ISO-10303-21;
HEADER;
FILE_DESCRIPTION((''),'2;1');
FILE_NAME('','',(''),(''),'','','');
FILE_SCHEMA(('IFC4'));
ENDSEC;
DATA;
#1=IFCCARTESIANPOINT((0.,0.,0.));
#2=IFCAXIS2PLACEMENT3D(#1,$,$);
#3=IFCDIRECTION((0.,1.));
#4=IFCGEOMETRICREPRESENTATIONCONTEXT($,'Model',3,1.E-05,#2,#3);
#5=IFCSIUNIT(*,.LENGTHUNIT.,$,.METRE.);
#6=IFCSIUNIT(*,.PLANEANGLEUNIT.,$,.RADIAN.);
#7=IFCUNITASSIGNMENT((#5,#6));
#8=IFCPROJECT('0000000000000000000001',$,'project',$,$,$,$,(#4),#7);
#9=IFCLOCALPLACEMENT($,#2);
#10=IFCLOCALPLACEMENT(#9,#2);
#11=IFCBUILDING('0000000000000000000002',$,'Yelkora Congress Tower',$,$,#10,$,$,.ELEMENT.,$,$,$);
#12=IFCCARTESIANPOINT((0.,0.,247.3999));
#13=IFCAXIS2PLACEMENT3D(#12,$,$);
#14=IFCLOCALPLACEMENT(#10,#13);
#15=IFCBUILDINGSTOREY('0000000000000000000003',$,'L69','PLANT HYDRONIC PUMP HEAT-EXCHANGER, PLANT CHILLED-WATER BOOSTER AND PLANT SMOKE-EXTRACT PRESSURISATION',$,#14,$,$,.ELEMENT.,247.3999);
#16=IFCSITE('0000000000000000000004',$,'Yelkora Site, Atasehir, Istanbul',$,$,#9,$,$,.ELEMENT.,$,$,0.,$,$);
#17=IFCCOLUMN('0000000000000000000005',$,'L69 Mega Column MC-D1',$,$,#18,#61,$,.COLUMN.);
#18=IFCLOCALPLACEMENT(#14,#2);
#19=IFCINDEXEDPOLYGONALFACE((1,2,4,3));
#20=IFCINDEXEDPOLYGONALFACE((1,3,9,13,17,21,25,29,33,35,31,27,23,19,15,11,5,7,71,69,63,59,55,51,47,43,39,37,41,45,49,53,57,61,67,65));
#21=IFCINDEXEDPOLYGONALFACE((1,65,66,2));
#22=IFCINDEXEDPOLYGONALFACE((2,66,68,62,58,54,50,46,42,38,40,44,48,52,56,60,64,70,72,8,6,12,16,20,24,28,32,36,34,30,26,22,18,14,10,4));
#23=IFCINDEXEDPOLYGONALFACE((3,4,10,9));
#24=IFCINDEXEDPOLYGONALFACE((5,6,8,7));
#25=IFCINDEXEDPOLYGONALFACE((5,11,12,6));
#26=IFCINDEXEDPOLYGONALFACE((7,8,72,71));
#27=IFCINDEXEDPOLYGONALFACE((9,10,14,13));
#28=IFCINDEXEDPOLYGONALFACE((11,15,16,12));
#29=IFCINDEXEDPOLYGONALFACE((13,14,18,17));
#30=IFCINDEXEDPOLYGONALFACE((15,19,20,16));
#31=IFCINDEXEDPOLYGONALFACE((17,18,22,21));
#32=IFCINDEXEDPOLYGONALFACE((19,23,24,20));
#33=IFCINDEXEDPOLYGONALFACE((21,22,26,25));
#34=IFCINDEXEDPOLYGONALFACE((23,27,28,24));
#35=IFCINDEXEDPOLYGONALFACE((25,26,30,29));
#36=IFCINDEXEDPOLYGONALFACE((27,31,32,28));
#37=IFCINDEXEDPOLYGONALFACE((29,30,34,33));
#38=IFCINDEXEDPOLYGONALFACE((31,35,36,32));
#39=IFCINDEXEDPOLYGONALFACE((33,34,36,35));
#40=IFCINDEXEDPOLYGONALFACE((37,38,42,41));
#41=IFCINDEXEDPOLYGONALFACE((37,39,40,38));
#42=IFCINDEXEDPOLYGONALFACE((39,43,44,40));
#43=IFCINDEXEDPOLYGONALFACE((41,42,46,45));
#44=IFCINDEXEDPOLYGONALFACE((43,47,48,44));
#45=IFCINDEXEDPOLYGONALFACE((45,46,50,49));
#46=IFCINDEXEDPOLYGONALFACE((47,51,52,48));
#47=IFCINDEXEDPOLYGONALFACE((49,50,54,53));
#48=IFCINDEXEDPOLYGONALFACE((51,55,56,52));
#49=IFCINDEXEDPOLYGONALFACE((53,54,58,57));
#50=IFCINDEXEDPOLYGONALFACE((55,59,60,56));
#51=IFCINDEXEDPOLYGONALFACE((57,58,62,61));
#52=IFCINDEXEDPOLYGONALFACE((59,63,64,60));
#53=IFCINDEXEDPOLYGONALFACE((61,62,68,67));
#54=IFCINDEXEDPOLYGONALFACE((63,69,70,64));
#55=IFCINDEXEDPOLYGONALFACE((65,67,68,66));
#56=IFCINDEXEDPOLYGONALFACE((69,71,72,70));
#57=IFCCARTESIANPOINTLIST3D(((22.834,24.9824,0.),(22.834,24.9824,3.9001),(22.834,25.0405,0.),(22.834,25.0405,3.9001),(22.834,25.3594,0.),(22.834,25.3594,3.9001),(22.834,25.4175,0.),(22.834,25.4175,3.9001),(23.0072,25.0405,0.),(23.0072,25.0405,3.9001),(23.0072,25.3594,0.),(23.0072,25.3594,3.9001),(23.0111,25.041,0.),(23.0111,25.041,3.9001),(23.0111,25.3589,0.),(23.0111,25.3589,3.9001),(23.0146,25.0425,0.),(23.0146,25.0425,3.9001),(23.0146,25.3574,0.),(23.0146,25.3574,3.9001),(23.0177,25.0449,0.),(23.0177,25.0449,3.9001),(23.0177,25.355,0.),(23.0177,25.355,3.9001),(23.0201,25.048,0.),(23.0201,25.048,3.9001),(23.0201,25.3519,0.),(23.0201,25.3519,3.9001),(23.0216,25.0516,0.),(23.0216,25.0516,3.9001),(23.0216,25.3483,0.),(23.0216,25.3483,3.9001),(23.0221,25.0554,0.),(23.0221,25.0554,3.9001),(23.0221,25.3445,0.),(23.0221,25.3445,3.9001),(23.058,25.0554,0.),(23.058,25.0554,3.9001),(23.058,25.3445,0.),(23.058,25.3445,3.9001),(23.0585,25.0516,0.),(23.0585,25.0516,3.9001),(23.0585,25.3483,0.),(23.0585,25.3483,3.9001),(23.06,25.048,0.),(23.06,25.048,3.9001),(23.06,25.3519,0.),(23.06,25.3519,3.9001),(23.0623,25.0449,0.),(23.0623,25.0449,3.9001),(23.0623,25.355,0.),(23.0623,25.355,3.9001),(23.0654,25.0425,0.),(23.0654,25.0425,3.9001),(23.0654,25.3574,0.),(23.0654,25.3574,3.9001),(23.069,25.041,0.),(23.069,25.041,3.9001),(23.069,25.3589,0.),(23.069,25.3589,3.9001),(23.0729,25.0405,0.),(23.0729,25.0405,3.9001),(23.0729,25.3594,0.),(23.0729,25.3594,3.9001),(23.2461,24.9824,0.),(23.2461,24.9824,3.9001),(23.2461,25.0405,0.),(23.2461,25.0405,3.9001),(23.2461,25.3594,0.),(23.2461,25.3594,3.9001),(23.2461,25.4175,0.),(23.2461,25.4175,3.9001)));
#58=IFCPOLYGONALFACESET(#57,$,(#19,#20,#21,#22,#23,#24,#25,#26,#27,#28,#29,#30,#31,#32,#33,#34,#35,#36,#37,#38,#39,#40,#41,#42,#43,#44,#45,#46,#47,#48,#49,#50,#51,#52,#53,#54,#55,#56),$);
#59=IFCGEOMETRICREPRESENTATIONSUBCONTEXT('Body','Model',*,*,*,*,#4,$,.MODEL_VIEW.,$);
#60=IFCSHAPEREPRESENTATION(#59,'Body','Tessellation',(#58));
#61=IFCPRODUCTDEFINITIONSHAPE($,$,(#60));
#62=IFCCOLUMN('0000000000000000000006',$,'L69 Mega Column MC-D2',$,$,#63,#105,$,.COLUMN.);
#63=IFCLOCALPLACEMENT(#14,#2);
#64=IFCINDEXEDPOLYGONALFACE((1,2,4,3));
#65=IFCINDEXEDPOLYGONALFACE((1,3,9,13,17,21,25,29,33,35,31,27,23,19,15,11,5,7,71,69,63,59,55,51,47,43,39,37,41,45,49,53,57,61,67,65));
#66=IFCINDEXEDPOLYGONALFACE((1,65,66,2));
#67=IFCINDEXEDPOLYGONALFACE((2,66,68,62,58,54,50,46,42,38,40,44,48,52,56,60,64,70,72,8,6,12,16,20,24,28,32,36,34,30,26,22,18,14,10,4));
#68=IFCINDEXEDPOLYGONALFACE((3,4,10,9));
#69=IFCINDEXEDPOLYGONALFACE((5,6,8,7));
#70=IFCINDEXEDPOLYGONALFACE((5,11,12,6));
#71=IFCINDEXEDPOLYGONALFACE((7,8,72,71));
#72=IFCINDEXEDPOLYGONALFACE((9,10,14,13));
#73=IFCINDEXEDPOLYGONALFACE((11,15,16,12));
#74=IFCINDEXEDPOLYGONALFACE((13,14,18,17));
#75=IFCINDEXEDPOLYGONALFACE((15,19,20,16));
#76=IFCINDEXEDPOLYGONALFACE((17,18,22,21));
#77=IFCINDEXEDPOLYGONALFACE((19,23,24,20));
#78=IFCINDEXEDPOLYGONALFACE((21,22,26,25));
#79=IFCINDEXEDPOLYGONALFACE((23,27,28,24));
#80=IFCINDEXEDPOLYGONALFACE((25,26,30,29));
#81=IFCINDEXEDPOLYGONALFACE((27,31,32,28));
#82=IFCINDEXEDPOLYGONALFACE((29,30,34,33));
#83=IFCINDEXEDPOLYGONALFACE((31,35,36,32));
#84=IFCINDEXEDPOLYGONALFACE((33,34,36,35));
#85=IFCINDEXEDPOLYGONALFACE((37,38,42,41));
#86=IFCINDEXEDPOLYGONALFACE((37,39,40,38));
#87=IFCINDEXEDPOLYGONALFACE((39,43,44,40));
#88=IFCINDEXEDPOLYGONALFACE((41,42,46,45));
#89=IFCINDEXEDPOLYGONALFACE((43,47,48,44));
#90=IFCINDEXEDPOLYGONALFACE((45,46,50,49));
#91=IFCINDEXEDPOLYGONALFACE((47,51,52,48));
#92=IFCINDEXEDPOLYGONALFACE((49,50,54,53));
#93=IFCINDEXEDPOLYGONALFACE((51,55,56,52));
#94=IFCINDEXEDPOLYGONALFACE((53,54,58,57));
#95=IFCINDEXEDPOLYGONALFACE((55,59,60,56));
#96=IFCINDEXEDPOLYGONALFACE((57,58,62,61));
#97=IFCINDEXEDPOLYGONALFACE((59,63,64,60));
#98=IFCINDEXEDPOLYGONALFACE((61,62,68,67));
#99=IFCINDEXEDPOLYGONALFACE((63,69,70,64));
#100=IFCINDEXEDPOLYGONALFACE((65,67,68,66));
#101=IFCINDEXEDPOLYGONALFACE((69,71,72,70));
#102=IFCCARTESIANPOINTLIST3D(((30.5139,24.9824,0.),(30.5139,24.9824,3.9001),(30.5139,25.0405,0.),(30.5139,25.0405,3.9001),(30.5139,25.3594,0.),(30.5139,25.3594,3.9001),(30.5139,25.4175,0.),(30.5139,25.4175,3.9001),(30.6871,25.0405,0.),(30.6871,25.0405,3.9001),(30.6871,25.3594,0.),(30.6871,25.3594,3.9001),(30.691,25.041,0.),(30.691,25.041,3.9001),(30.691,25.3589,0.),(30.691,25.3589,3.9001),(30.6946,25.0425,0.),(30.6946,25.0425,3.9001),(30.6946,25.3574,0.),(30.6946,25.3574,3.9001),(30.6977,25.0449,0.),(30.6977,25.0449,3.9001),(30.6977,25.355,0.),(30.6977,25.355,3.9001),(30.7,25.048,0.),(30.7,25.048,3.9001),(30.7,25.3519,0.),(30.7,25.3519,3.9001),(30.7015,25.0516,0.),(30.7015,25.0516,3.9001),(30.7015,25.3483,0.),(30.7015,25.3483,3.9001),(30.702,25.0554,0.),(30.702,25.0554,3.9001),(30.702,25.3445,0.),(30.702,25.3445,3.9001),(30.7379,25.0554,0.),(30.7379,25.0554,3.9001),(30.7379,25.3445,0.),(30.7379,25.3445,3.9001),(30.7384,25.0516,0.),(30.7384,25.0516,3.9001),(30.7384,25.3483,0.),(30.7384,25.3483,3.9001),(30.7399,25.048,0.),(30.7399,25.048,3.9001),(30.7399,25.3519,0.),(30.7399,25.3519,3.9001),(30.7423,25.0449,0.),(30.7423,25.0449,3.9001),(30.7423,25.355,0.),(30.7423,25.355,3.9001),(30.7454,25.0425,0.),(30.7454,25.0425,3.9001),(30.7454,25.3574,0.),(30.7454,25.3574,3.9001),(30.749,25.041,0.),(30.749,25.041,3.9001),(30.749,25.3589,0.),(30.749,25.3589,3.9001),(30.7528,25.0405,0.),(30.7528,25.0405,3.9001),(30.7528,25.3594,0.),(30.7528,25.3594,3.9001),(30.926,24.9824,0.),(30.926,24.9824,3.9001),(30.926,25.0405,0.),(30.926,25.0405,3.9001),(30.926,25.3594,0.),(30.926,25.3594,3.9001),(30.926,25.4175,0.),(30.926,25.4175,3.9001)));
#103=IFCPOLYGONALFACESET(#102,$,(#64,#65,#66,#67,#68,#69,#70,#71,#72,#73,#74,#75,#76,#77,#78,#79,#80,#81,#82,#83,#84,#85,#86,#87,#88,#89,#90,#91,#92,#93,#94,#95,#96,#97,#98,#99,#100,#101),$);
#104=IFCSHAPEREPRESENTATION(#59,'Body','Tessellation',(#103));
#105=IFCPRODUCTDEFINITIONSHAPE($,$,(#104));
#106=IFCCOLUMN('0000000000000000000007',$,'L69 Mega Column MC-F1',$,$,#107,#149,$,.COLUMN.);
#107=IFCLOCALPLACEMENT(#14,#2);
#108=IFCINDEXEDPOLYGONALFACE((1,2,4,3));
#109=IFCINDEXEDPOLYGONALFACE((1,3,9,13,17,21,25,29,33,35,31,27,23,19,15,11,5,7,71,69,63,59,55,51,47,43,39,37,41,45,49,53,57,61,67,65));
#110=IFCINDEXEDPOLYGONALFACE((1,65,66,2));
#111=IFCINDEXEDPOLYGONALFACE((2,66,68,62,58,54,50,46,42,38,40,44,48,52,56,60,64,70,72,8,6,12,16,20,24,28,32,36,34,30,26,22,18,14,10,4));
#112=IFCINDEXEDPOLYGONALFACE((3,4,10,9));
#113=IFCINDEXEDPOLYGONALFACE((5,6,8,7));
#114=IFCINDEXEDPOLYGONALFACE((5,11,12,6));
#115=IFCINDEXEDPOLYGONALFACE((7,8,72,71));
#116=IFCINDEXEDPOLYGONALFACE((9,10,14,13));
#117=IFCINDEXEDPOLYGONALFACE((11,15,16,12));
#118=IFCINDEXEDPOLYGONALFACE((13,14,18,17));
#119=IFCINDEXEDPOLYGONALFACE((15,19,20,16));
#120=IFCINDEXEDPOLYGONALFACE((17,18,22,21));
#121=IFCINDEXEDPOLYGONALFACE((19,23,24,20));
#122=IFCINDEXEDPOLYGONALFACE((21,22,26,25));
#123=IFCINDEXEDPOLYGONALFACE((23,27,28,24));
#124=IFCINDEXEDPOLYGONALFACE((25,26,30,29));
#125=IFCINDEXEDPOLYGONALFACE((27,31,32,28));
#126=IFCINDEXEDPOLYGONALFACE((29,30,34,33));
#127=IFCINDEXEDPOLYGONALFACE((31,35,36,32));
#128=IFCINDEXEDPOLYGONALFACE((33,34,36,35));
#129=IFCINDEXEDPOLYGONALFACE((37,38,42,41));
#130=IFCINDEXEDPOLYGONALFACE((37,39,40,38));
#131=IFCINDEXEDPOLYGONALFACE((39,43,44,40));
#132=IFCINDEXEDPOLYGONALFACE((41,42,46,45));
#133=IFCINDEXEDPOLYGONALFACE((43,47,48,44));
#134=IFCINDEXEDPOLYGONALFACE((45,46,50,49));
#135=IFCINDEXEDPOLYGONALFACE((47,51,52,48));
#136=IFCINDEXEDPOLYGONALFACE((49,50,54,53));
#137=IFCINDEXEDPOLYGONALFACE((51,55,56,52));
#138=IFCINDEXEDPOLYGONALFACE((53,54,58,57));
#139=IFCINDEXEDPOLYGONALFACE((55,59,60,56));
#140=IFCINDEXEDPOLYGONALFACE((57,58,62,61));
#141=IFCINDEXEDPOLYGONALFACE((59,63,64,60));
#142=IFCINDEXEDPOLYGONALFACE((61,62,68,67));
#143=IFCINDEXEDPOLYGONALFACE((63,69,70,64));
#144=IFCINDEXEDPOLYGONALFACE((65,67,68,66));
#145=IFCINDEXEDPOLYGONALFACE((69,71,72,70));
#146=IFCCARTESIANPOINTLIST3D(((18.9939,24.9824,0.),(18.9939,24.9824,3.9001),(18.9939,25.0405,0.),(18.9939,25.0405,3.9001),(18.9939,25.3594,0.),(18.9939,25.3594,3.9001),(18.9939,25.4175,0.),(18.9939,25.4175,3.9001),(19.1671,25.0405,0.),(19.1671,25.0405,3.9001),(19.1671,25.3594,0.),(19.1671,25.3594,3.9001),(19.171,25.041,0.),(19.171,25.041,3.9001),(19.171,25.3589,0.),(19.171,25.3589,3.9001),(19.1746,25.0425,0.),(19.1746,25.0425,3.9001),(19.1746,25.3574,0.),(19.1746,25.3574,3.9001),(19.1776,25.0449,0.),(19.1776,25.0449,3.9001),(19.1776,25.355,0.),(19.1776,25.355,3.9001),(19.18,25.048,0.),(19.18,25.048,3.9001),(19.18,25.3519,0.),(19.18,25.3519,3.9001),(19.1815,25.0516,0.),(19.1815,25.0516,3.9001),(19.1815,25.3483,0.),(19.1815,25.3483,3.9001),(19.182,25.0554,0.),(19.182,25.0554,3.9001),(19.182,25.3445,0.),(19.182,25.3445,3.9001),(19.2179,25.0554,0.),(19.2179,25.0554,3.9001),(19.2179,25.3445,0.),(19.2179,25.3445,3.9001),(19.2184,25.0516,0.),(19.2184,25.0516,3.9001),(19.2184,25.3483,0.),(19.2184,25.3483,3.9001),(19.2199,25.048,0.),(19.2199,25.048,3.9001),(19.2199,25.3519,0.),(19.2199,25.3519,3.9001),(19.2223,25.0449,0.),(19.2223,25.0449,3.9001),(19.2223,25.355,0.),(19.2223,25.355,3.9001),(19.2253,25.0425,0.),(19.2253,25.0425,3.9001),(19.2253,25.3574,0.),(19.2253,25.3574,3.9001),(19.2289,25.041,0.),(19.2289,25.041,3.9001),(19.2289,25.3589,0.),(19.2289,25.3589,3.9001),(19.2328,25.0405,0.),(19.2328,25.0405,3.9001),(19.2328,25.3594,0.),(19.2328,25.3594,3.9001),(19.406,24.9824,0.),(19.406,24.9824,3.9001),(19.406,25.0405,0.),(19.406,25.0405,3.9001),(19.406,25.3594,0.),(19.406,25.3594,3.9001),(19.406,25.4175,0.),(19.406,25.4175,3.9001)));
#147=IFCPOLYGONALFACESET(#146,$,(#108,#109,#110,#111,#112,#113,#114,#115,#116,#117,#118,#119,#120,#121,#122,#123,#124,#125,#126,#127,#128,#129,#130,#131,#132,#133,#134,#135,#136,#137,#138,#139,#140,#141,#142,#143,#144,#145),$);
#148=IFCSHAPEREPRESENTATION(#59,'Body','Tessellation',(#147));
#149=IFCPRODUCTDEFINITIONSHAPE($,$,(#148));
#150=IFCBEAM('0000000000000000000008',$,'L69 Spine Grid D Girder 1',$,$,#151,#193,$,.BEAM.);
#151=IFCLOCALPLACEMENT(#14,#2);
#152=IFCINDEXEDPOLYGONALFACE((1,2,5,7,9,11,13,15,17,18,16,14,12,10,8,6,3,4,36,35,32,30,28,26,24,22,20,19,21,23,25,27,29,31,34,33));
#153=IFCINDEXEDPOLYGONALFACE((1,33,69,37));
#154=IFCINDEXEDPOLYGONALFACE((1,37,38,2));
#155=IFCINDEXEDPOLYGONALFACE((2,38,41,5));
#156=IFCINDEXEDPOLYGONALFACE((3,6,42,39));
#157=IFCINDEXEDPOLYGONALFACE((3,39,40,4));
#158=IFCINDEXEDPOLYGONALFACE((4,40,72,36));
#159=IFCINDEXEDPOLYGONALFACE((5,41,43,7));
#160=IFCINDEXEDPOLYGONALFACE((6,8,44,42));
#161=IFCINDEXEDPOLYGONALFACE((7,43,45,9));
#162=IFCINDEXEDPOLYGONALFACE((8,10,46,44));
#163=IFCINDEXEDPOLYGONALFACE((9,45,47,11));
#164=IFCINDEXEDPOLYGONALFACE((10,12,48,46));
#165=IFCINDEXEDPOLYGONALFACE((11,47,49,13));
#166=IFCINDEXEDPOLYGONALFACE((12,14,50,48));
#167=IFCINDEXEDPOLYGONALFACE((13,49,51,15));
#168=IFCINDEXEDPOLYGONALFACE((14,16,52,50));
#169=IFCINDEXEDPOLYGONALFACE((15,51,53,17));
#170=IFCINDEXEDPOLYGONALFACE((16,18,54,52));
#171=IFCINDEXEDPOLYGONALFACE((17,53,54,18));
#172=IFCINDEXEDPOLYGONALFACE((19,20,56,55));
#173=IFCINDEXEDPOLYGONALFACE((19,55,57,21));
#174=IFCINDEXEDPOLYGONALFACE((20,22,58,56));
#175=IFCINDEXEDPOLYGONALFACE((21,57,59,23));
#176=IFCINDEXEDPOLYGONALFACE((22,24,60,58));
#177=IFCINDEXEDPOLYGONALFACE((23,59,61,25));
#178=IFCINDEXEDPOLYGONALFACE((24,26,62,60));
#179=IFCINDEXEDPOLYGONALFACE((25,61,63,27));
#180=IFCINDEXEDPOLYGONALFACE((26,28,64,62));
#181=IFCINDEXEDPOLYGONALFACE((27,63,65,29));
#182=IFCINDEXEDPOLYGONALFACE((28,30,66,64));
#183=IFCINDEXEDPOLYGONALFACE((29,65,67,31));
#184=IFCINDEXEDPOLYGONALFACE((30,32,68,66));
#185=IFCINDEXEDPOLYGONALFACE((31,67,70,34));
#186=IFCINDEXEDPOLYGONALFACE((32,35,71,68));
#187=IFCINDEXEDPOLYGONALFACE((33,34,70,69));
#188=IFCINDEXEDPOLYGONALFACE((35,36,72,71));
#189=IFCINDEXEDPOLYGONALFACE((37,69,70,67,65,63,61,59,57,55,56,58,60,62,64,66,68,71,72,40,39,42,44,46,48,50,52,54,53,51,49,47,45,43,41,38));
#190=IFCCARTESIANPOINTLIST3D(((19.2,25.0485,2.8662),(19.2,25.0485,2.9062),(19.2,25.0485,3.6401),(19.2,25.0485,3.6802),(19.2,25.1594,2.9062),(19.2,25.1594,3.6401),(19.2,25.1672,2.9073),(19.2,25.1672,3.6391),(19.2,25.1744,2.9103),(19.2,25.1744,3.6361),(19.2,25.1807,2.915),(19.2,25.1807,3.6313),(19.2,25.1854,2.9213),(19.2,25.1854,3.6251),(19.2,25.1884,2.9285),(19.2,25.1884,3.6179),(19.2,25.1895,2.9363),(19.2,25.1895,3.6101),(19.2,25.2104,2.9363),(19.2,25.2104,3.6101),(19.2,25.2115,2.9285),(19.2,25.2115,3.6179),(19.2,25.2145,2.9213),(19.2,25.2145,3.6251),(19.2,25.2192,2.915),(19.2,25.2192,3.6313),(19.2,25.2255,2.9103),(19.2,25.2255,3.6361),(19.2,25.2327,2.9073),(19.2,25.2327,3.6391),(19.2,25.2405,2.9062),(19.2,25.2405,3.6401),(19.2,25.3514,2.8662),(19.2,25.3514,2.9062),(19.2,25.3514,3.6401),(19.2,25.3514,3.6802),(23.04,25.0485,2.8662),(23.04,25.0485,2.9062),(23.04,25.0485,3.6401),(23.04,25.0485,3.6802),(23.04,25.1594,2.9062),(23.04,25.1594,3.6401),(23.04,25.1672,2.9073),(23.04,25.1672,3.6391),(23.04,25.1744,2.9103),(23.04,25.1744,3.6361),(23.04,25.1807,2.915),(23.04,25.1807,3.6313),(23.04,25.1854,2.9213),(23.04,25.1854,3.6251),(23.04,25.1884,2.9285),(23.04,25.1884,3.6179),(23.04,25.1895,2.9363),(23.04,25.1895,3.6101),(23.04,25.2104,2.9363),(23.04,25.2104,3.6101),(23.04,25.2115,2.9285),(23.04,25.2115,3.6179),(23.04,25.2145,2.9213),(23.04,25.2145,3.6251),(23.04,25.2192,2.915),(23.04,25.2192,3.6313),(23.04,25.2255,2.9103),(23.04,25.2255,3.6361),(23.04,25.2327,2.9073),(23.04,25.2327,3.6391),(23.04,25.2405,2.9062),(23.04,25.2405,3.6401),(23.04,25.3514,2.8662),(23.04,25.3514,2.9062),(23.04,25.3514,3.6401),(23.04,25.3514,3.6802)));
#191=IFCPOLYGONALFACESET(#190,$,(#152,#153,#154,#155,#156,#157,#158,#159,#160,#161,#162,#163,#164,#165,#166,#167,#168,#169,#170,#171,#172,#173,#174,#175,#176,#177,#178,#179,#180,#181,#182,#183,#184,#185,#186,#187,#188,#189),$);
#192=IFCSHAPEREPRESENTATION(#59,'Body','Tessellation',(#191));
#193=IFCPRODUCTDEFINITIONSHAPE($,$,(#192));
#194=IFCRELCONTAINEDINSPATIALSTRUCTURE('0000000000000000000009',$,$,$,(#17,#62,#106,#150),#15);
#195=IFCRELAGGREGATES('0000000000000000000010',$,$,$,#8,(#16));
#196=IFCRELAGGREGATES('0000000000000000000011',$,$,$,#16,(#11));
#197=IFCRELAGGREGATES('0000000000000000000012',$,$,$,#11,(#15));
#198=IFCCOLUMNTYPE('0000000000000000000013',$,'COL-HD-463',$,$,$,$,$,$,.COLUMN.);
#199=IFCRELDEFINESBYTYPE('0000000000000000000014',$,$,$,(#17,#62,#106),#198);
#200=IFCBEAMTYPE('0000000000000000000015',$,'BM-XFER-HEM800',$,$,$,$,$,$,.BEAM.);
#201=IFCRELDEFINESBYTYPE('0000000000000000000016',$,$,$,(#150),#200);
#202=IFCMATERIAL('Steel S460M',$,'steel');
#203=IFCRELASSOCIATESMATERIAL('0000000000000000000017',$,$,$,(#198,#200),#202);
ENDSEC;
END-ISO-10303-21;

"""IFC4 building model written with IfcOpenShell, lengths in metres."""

from ifc_helpers import new_model, si_unit, direction, frame, origin, origin_2d, place, context, subcontext, project, spatial, i_section, extrude, material, material_profile, profile_set, type_object, element, save


model = new_model("IFC4")

# Units and contexts
model_context = context("Model", 3, precision=1e-05, world=origin(), true_north=direction((0.0, 1.0)))
body_context = subcontext(model_context, "Body", "Model", "MODEL_VIEW")
ifc_project = project(units=[si_unit("LENGTHUNIT", "METRE"), si_unit("PLANEANGLEUNIT", "RADIAN")], contexts=[model_context])

# Site, building, storey
site_placement = place(None, origin())
site = spatial("IfcSite", under=ifc_project, at=site_placement, Name="Yelkora Site, Atasehir, Istanbul", CompositionType="ELEMENT", RefElevation=0.0)
building_placement = place(site_placement, origin())
building = spatial("IfcBuilding", under=site, at=building_placement, Name="Yelkora Congress Tower", CompositionType="ELEMENT")
storey_placement = place(building_placement, frame((0.0, 0.0, 247.3999)))
storey = spatial("IfcBuildingStorey", under=building, at=storey_placement, Name="L69", Description="PLANT HYDRONIC PUMP HEAT-EXCHANGER, PLANT CHILLED-WATER BOOSTER AND PLANT SMOKE-EXTRACT PRESSURISATION", CompositionType="ELEMENT", Elevation=247.3999)

# Columns
ifc_material_1 = material(Name="Steel S460M", Category="steel")
ifc_material_profile_1 = material_profile(ifc_material_1, i_section(OverallWidth=0.4121, OverallDepth=0.4351, WebThickness=0.0359, FlangeThickness=0.0581, FilletRadius=0.0149, at=origin_2d()), Name="HD 400x463")
ifc_profile_set_1 = profile_set([ifc_material_profile_1], Name="Steel S460M")
column_type = type_object("IfcColumnType", Name="COL-HD-463", PredefinedType="COLUMN", material=ifc_profile_set_1)
for number, where, z_axis, x_axis, name in (
    (1, (23.04, 25.2, 0.0), (0.0, 0.0, 1.0), (1.0, 0.0, 0.0), "L69 Mega Column MC-D1"),
    (2, (30.72, 25.2, 0.0), (0.0, 0.0, 1.0), (1.0, 0.0, 0.0), "L69 Mega Column MC-D2"),
    (3, (19.2, 25.2, 0.0), (0.0, 0.0, 1.0), (1.0, 0.0, 0.0), "L69 Mega Column MC-F1"),
):
    element("IfcColumn", number, at=place(storey_placement, frame(where, z_axis=z_axis, x_axis=x_axis)), inside=storey, type_object=column_type, Name=name, PredefinedType="COLUMN", context=body_context, shape_type="SweptSolid", body=[
        extrude(i_section(OverallWidth=0.4121, OverallDepth=0.4351, WebThickness=0.0359, FlangeThickness=0.0581, FilletRadius=0.0149, at=origin_2d()), origin(), (0.0, 0.0, 1.0), 3.9001),
    ])

# Beam
ifc_material_profile_2 = material_profile(ifc_material_1, i_section(OverallWidth=0.303, OverallDepth=0.814, WebThickness=0.021, FlangeThickness=0.04, FilletRadius=0.03, at=origin_2d()), Name="HEM 800")
ifc_profile_set_2 = profile_set([ifc_material_profile_2], Name="Steel S460M")
beam_type = type_object("IfcBeamType", Name="BM-XFER-HEM800", PredefinedType="BEAM", material=ifc_profile_set_2)
beam_1_placement = place(storey_placement, frame((19.2, 25.2, 3.2732), z_axis=(1.0, 0.0, 0.0), x_axis=(0.0, 1.0, 0.0)))
element("IfcBeam", 4, at=beam_1_placement, inside=storey, type_object=beam_type, Name="L69 Spine Grid D Girder 1", PredefinedType="BEAM", context=body_context, shape_type="SweptSolid", body=[
    extrude(i_section(OverallWidth=0.303, OverallDepth=0.814, WebThickness=0.021, FlangeThickness=0.04, FilletRadius=0.03, at=origin_2d()), origin(), (0.0, 0.0, 1.0), 3.8401),
])

save(model, "model.ifc")
